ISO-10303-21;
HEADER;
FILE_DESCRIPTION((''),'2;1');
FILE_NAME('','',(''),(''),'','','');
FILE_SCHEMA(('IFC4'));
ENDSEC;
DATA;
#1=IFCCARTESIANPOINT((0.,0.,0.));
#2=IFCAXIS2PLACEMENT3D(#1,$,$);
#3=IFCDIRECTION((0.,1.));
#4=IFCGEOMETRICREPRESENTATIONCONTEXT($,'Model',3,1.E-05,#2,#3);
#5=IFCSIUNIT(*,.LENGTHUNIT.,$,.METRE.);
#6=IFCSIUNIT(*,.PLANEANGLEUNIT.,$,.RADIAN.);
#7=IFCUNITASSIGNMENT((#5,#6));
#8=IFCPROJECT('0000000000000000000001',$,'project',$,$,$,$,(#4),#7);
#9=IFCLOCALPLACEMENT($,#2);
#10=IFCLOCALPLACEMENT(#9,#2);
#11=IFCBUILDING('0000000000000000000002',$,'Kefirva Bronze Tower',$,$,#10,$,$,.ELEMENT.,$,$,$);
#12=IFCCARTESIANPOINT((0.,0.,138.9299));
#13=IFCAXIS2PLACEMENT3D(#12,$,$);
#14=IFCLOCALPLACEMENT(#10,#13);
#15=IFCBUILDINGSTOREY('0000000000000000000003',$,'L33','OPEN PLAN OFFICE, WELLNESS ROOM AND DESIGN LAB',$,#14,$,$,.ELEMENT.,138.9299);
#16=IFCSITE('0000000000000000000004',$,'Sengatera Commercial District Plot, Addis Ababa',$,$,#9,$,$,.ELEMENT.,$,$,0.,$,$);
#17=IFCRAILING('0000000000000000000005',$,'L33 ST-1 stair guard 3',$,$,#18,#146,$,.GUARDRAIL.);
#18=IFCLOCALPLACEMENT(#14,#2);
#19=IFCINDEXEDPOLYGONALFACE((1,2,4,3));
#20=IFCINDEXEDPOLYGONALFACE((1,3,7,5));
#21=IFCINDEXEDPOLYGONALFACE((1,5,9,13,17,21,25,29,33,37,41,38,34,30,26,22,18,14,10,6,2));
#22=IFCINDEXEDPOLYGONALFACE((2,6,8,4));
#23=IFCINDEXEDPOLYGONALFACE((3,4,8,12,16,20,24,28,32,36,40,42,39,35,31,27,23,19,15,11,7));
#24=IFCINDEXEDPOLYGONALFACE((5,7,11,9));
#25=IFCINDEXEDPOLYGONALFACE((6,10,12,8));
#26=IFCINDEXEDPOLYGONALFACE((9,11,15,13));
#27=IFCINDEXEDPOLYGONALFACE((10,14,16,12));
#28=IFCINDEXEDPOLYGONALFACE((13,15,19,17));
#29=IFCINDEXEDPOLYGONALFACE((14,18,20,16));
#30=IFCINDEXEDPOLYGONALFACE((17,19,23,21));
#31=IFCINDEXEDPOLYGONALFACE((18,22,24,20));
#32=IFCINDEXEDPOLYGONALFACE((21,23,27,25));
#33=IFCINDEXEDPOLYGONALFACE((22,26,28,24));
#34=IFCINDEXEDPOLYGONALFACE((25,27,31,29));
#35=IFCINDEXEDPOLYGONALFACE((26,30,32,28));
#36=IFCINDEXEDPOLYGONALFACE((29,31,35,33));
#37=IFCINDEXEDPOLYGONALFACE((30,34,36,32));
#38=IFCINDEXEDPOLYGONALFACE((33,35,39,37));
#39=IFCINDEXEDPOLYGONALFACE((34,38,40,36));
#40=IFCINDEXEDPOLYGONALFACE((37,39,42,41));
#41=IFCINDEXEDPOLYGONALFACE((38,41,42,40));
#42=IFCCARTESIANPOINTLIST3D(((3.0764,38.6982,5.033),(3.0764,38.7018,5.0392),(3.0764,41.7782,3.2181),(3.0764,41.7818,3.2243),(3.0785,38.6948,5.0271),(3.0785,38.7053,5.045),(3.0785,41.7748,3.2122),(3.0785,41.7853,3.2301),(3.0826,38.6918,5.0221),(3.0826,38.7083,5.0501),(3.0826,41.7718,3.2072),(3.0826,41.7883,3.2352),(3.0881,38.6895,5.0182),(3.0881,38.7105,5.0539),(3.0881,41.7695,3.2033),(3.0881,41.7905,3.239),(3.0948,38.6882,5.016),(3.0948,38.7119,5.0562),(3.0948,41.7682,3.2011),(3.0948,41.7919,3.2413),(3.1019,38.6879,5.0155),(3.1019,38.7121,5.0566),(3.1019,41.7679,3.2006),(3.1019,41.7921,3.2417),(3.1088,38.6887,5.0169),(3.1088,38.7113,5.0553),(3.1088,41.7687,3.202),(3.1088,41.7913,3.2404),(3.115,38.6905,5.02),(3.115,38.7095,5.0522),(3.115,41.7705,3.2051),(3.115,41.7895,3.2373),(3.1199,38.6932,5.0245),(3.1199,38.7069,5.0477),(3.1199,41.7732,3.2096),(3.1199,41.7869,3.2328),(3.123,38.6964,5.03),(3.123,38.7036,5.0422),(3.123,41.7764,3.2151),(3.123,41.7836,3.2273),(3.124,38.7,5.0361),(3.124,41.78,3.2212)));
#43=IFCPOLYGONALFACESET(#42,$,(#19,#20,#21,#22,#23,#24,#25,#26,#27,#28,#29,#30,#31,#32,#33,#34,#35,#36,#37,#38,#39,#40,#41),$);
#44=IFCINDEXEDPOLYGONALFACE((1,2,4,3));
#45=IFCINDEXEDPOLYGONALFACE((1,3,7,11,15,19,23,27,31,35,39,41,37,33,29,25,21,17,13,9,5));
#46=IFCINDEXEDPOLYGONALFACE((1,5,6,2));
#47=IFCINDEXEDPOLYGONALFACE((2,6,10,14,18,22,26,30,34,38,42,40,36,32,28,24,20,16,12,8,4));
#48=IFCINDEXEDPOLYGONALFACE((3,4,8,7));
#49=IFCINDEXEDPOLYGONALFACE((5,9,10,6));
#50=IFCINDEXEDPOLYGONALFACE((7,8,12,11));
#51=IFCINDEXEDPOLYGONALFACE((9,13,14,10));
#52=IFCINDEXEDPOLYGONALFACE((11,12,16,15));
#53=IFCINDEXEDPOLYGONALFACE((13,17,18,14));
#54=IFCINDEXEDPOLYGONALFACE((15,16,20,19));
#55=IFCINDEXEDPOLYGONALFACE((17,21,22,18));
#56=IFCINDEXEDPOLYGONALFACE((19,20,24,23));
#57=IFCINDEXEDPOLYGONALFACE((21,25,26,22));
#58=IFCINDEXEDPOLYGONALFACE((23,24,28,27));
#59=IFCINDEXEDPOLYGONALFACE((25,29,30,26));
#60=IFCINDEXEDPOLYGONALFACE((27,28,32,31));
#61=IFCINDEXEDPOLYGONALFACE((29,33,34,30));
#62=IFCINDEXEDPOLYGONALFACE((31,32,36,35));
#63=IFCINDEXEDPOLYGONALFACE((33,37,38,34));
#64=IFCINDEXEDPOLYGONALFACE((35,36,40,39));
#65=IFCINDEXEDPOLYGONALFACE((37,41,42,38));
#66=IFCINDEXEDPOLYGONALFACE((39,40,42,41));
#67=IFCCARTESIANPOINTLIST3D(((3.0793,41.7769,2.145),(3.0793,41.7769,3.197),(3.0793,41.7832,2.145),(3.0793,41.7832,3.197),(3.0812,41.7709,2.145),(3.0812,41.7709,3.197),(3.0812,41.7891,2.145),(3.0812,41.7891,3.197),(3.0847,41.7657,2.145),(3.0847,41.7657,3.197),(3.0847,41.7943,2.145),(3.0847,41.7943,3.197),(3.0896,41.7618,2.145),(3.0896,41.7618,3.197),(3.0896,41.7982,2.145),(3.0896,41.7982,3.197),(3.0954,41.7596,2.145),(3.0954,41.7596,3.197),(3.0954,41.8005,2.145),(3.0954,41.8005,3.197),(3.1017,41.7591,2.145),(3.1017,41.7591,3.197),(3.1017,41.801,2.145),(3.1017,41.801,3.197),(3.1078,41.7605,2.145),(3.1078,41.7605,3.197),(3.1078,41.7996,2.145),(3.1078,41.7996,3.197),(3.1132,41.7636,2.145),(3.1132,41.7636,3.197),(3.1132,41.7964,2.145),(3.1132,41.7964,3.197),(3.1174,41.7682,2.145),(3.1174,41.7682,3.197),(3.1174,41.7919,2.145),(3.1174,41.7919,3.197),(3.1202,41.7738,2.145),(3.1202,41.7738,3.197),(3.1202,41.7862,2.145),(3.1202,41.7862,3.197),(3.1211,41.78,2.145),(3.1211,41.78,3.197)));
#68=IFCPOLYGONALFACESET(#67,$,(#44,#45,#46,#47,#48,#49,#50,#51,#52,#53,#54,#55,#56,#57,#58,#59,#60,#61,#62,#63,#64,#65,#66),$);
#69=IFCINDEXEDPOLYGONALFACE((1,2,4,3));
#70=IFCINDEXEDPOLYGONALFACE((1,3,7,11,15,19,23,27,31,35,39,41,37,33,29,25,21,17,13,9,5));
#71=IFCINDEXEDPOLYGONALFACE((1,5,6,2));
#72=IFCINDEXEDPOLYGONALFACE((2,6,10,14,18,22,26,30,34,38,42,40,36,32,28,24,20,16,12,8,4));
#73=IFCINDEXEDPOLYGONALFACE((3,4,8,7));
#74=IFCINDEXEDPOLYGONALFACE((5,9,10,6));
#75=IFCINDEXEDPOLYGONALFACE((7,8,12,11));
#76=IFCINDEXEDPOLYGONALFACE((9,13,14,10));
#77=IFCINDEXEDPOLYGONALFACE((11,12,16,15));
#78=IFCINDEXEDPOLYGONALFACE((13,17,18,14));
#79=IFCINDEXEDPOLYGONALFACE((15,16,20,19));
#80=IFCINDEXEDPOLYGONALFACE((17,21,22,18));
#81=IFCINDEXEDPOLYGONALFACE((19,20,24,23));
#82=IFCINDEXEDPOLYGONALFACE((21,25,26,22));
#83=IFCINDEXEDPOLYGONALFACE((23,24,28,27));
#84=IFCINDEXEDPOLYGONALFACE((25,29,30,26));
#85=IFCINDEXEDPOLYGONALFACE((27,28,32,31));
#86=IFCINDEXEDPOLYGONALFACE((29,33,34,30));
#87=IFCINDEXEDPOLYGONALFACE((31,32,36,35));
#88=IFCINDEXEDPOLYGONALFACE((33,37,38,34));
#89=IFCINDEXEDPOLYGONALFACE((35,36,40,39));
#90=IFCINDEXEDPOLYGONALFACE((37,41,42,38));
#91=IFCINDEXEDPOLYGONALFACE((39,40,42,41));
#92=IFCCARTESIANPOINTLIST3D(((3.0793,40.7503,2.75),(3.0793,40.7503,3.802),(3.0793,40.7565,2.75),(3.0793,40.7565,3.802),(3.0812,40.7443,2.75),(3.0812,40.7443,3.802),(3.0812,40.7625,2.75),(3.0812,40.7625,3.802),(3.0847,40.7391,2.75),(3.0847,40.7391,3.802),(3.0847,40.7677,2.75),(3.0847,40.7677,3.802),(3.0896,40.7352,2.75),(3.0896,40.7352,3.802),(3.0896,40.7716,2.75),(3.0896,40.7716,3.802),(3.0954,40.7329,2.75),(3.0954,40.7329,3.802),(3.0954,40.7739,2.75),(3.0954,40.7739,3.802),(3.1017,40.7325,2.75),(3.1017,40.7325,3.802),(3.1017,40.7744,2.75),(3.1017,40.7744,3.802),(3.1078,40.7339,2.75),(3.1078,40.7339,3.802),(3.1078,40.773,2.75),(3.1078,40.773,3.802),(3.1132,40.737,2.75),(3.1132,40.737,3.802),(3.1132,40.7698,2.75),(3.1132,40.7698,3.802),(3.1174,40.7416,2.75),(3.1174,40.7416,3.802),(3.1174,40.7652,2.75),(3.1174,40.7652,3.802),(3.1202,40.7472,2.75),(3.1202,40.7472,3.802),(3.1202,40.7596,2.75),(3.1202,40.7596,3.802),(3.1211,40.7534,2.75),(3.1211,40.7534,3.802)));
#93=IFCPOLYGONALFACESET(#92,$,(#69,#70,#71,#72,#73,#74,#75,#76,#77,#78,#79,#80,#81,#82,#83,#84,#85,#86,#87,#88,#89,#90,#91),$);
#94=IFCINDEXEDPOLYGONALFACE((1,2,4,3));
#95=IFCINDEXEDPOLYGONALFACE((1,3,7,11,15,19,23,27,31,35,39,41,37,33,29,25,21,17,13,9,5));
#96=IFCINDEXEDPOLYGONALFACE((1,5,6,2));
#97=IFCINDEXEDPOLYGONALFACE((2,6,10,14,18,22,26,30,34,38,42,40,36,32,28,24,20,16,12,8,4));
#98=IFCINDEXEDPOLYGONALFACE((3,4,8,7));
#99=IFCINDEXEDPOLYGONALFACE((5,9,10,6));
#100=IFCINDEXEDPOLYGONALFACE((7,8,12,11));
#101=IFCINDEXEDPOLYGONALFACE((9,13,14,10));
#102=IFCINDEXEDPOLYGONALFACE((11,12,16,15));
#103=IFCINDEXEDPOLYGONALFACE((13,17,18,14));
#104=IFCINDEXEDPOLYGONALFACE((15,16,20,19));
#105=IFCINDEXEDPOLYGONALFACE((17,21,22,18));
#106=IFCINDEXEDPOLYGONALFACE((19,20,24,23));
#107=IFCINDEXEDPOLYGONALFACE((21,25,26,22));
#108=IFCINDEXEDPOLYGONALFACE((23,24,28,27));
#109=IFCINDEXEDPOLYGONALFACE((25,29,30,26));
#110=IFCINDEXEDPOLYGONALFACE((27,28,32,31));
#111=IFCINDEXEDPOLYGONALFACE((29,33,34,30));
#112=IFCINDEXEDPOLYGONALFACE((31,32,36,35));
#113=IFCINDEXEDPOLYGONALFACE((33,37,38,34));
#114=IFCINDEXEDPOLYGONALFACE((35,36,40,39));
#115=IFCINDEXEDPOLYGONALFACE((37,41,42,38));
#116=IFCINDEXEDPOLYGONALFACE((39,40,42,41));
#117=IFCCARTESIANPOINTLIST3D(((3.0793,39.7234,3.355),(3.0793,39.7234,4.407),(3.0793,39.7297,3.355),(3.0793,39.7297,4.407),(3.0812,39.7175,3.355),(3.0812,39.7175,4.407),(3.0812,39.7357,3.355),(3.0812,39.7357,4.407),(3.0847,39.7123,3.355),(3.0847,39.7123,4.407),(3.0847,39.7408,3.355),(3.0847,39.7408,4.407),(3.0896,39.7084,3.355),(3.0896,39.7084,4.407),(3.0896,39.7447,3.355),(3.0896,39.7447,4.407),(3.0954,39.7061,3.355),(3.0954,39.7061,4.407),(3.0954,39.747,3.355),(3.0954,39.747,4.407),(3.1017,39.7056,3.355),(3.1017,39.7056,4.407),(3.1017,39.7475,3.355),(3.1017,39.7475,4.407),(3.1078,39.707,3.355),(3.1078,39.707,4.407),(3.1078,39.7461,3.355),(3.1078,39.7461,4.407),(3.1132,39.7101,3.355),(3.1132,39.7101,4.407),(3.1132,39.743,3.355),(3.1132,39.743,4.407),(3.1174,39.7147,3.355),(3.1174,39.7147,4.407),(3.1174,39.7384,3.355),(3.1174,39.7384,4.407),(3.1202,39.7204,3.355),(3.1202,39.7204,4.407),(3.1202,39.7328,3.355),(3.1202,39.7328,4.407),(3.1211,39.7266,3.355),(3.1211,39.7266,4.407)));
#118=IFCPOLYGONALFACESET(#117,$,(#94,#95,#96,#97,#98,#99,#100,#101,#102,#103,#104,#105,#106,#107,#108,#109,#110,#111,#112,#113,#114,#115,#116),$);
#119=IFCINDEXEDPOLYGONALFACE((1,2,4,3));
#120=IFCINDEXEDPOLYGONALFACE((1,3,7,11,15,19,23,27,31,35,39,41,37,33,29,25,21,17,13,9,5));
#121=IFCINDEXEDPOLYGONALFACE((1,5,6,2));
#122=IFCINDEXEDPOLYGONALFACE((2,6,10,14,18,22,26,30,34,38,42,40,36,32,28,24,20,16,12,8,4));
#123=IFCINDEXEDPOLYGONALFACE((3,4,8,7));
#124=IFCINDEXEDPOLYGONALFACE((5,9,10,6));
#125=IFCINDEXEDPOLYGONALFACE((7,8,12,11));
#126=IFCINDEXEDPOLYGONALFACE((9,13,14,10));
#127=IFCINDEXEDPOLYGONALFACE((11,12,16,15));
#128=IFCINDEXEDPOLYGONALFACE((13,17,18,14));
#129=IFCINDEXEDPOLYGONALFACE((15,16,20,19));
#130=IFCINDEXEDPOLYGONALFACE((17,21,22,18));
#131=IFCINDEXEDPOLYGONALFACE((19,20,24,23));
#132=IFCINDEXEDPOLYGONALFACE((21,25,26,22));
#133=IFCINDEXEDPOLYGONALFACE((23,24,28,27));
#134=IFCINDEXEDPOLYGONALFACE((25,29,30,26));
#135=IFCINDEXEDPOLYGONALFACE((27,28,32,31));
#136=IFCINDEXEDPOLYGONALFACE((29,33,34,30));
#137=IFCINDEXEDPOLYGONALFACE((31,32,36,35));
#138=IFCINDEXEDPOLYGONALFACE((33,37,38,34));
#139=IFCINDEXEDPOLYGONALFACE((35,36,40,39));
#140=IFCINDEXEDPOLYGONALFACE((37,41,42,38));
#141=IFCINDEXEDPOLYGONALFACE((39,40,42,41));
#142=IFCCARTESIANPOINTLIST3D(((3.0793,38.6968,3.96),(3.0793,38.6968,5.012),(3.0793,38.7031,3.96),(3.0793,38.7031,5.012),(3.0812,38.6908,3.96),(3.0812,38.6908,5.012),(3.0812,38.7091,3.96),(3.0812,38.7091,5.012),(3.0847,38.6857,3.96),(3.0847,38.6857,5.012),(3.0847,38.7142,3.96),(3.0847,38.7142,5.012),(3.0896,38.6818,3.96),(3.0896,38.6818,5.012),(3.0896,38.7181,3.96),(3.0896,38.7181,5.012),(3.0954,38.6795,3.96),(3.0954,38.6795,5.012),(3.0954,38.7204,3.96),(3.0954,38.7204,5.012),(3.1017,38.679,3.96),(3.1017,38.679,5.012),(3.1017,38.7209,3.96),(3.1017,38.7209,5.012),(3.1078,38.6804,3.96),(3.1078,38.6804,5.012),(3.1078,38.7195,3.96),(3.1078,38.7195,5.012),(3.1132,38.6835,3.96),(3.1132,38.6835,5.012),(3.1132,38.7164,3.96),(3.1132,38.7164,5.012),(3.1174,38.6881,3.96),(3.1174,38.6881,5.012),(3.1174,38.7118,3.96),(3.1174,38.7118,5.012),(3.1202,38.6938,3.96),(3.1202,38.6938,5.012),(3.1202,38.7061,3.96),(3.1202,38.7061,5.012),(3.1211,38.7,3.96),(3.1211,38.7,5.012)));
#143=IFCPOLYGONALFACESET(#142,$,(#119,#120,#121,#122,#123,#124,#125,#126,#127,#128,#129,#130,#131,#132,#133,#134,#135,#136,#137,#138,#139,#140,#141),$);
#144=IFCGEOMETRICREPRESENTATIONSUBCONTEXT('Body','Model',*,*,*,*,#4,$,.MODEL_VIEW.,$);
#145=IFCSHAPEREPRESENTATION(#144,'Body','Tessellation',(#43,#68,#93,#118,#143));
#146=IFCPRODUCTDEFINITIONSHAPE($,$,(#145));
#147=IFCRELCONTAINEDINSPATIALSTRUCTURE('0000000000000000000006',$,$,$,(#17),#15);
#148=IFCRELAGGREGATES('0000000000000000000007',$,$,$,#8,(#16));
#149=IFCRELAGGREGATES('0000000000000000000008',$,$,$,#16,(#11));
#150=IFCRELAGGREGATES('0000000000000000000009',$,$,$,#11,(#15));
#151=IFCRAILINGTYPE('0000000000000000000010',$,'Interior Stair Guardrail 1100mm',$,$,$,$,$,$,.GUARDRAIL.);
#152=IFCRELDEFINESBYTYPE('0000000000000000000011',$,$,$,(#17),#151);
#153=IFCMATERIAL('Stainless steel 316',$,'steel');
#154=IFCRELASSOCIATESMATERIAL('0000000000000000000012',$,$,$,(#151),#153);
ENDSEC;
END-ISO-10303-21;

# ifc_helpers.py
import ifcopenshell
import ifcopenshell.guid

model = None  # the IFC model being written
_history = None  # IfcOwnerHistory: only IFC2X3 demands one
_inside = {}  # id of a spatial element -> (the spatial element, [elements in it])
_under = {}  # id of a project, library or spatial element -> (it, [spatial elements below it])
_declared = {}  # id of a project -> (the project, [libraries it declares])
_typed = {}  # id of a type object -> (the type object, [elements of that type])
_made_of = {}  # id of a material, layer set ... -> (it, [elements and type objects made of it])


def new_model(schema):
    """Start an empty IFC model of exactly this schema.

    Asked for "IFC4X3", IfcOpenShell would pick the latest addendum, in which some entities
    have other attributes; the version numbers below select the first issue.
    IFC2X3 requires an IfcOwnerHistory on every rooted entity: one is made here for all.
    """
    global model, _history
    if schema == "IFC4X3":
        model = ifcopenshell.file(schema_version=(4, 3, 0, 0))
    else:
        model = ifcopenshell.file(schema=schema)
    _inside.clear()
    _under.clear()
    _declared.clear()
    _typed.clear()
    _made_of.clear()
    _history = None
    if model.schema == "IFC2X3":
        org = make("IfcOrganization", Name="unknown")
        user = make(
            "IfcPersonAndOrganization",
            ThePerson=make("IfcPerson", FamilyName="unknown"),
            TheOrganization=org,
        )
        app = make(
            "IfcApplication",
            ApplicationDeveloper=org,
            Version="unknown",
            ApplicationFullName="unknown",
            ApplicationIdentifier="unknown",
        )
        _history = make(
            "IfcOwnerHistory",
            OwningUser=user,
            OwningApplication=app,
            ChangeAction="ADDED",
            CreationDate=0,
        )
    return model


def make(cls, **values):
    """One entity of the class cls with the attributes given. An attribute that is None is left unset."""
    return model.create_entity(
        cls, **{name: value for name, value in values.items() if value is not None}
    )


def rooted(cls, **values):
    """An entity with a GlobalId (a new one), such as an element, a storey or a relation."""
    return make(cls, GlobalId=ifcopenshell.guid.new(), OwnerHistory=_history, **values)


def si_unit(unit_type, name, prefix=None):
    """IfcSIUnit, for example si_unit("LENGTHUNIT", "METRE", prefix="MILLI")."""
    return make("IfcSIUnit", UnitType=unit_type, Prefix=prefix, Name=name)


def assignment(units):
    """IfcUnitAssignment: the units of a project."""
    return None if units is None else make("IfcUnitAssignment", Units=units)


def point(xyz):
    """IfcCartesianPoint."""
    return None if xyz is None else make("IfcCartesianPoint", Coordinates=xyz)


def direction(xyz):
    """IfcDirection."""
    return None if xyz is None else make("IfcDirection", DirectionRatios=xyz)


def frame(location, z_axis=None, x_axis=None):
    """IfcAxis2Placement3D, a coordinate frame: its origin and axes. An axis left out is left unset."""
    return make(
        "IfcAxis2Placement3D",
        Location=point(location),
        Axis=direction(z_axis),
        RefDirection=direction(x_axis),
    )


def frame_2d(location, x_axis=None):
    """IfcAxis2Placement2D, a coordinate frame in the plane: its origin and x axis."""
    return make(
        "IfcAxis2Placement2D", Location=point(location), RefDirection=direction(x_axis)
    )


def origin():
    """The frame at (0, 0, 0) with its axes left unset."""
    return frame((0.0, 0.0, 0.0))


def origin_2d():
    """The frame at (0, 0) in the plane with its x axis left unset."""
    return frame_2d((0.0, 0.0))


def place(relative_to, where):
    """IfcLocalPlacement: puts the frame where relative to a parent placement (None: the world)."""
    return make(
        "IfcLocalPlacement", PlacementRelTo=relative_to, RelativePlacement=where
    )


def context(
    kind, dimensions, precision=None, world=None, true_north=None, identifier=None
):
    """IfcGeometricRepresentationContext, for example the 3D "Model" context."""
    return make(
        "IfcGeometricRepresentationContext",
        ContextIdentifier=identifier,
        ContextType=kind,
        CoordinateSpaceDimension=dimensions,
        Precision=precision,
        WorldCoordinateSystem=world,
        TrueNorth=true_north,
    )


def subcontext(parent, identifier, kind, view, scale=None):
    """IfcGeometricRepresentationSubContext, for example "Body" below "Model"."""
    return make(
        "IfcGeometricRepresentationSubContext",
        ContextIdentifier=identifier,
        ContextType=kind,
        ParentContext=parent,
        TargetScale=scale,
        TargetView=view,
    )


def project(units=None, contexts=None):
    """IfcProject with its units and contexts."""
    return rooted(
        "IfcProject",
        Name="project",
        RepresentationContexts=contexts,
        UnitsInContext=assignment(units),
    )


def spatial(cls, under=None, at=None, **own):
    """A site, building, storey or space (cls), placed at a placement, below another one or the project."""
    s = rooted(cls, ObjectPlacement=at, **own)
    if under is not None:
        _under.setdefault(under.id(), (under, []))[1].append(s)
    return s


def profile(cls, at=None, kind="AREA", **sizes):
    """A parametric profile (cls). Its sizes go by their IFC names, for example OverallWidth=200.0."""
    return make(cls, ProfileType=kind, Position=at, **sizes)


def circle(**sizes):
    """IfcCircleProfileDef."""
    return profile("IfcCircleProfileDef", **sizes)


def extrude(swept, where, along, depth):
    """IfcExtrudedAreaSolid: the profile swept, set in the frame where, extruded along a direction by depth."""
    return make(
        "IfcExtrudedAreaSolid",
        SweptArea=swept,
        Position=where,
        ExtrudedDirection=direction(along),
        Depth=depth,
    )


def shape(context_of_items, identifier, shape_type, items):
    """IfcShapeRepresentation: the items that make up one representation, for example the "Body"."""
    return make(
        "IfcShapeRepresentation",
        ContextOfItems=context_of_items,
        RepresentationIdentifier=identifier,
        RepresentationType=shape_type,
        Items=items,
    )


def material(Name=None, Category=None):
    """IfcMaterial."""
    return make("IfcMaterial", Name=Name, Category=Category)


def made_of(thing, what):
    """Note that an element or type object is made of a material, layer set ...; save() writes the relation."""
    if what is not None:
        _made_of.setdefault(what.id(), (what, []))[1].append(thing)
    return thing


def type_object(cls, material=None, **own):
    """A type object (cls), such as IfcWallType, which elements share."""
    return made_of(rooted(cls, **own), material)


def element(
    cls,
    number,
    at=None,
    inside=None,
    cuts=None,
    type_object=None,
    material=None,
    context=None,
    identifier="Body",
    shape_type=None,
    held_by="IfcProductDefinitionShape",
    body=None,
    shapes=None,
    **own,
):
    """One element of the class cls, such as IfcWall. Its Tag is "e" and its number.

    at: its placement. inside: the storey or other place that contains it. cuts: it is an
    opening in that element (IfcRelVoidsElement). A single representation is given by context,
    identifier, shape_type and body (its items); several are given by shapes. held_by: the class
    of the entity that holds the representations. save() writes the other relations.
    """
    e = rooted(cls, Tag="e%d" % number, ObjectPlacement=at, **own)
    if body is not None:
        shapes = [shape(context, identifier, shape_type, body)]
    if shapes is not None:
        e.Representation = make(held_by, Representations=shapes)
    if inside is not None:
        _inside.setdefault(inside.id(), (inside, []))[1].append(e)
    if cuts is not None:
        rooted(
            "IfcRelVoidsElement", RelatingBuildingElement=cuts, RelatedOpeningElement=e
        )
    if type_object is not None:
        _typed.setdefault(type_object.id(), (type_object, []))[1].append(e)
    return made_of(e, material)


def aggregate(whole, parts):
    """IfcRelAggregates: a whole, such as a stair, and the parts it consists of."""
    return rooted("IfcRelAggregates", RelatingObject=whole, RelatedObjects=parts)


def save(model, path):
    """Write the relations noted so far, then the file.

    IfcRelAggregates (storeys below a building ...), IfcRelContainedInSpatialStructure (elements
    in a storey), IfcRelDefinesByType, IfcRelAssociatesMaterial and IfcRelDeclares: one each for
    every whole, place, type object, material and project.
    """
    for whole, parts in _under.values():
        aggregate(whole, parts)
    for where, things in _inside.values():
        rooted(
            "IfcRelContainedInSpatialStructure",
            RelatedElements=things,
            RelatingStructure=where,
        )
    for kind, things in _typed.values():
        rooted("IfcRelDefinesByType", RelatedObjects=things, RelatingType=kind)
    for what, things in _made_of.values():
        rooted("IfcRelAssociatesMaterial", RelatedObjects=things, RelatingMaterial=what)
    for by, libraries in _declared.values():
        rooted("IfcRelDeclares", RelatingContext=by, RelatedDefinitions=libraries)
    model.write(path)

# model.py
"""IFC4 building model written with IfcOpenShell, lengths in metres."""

from ifc_helpers import new_model, si_unit, direction, frame, origin, origin_2d, place, context, subcontext, project, spatial, circle, extrude, material, type_object, element, save


model = new_model("IFC4")

# Units and contexts
model_context = context("Model", 3, precision=1e-05, world=origin(), true_north=direction((0.0, 1.0)))
body_context = subcontext(model_context, "Body", "Model", "MODEL_VIEW")
ifc_project = project(units=[si_unit("LENGTHUNIT", "METRE"), si_unit("PLANEANGLEUNIT", "RADIAN")], contexts=[model_context])

# Site, building, storey
site_placement = place(None, origin())
site = spatial("IfcSite", under=ifc_project, at=site_placement, Name="Sengatera Commercial District Plot, Addis Ababa", CompositionType="ELEMENT", RefElevation=0.0)
building_placement = place(site_placement, origin())
building = spatial("IfcBuilding", under=site, at=building_placement, Name="Kefirva Bronze Tower", CompositionType="ELEMENT")
storey_placement = place(building_placement, frame((0.0, 0.0, 138.9299)))
storey = spatial("IfcBuildingStorey", under=building, at=storey_placement, Name="L33", Description="OPEN PLAN OFFICE, WELLNESS ROOM AND DESIGN LAB", CompositionType="ELEMENT", Elevation=138.9299)

# Railing
ifc_material_1 = material(Name="Stainless steel 316", Category="steel")
railing_type_1 = type_object("IfcRailingType", Name="Interior Stair Guardrail 1100mm", PredefinedType="GUARDRAIL", material=ifc_material_1)
railing_1_placement = place(storey_placement, frame((3.1001, 41.78, 2.145)))
element("IfcRailing", 1, at=railing_1_placement, inside=storey, type_object=railing_type_1, Name="L33 ST-1 stair guard 3", PredefinedType="GUARDRAIL", context=body_context, shape_type="SweptSolid", body=[
    extrude(circle(Radius=0.0239, at=origin_2d()), frame((0.0, 0.0, 1.0762), z_axis=(0.0, -0.861551, 0.507671), x_axis=(1.0, 0.0, 0.0)), (0.0, 0.0, 1.0), 3.575),
    extrude(circle(Radius=0.021, at=origin_2d()), origin(), (0.0, 0.0, 1.0), 1.052),
    extrude(circle(Radius=0.021, at=origin_2d()), frame((0.0, -1.0266, 0.605)), (0.0, 0.0, 1.0), 1.052),
    extrude(circle(Radius=0.021, at=origin_2d()), frame((0.0, -2.0535, 1.21)), (0.0, 0.0, 1.0), 1.052),
    extrude(circle(Radius=0.021, at=origin_2d()), frame((0.0, -3.0801, 1.8149)), (0.0, 0.0, 1.0), 1.052),
])

save(model, "model.ifc")
